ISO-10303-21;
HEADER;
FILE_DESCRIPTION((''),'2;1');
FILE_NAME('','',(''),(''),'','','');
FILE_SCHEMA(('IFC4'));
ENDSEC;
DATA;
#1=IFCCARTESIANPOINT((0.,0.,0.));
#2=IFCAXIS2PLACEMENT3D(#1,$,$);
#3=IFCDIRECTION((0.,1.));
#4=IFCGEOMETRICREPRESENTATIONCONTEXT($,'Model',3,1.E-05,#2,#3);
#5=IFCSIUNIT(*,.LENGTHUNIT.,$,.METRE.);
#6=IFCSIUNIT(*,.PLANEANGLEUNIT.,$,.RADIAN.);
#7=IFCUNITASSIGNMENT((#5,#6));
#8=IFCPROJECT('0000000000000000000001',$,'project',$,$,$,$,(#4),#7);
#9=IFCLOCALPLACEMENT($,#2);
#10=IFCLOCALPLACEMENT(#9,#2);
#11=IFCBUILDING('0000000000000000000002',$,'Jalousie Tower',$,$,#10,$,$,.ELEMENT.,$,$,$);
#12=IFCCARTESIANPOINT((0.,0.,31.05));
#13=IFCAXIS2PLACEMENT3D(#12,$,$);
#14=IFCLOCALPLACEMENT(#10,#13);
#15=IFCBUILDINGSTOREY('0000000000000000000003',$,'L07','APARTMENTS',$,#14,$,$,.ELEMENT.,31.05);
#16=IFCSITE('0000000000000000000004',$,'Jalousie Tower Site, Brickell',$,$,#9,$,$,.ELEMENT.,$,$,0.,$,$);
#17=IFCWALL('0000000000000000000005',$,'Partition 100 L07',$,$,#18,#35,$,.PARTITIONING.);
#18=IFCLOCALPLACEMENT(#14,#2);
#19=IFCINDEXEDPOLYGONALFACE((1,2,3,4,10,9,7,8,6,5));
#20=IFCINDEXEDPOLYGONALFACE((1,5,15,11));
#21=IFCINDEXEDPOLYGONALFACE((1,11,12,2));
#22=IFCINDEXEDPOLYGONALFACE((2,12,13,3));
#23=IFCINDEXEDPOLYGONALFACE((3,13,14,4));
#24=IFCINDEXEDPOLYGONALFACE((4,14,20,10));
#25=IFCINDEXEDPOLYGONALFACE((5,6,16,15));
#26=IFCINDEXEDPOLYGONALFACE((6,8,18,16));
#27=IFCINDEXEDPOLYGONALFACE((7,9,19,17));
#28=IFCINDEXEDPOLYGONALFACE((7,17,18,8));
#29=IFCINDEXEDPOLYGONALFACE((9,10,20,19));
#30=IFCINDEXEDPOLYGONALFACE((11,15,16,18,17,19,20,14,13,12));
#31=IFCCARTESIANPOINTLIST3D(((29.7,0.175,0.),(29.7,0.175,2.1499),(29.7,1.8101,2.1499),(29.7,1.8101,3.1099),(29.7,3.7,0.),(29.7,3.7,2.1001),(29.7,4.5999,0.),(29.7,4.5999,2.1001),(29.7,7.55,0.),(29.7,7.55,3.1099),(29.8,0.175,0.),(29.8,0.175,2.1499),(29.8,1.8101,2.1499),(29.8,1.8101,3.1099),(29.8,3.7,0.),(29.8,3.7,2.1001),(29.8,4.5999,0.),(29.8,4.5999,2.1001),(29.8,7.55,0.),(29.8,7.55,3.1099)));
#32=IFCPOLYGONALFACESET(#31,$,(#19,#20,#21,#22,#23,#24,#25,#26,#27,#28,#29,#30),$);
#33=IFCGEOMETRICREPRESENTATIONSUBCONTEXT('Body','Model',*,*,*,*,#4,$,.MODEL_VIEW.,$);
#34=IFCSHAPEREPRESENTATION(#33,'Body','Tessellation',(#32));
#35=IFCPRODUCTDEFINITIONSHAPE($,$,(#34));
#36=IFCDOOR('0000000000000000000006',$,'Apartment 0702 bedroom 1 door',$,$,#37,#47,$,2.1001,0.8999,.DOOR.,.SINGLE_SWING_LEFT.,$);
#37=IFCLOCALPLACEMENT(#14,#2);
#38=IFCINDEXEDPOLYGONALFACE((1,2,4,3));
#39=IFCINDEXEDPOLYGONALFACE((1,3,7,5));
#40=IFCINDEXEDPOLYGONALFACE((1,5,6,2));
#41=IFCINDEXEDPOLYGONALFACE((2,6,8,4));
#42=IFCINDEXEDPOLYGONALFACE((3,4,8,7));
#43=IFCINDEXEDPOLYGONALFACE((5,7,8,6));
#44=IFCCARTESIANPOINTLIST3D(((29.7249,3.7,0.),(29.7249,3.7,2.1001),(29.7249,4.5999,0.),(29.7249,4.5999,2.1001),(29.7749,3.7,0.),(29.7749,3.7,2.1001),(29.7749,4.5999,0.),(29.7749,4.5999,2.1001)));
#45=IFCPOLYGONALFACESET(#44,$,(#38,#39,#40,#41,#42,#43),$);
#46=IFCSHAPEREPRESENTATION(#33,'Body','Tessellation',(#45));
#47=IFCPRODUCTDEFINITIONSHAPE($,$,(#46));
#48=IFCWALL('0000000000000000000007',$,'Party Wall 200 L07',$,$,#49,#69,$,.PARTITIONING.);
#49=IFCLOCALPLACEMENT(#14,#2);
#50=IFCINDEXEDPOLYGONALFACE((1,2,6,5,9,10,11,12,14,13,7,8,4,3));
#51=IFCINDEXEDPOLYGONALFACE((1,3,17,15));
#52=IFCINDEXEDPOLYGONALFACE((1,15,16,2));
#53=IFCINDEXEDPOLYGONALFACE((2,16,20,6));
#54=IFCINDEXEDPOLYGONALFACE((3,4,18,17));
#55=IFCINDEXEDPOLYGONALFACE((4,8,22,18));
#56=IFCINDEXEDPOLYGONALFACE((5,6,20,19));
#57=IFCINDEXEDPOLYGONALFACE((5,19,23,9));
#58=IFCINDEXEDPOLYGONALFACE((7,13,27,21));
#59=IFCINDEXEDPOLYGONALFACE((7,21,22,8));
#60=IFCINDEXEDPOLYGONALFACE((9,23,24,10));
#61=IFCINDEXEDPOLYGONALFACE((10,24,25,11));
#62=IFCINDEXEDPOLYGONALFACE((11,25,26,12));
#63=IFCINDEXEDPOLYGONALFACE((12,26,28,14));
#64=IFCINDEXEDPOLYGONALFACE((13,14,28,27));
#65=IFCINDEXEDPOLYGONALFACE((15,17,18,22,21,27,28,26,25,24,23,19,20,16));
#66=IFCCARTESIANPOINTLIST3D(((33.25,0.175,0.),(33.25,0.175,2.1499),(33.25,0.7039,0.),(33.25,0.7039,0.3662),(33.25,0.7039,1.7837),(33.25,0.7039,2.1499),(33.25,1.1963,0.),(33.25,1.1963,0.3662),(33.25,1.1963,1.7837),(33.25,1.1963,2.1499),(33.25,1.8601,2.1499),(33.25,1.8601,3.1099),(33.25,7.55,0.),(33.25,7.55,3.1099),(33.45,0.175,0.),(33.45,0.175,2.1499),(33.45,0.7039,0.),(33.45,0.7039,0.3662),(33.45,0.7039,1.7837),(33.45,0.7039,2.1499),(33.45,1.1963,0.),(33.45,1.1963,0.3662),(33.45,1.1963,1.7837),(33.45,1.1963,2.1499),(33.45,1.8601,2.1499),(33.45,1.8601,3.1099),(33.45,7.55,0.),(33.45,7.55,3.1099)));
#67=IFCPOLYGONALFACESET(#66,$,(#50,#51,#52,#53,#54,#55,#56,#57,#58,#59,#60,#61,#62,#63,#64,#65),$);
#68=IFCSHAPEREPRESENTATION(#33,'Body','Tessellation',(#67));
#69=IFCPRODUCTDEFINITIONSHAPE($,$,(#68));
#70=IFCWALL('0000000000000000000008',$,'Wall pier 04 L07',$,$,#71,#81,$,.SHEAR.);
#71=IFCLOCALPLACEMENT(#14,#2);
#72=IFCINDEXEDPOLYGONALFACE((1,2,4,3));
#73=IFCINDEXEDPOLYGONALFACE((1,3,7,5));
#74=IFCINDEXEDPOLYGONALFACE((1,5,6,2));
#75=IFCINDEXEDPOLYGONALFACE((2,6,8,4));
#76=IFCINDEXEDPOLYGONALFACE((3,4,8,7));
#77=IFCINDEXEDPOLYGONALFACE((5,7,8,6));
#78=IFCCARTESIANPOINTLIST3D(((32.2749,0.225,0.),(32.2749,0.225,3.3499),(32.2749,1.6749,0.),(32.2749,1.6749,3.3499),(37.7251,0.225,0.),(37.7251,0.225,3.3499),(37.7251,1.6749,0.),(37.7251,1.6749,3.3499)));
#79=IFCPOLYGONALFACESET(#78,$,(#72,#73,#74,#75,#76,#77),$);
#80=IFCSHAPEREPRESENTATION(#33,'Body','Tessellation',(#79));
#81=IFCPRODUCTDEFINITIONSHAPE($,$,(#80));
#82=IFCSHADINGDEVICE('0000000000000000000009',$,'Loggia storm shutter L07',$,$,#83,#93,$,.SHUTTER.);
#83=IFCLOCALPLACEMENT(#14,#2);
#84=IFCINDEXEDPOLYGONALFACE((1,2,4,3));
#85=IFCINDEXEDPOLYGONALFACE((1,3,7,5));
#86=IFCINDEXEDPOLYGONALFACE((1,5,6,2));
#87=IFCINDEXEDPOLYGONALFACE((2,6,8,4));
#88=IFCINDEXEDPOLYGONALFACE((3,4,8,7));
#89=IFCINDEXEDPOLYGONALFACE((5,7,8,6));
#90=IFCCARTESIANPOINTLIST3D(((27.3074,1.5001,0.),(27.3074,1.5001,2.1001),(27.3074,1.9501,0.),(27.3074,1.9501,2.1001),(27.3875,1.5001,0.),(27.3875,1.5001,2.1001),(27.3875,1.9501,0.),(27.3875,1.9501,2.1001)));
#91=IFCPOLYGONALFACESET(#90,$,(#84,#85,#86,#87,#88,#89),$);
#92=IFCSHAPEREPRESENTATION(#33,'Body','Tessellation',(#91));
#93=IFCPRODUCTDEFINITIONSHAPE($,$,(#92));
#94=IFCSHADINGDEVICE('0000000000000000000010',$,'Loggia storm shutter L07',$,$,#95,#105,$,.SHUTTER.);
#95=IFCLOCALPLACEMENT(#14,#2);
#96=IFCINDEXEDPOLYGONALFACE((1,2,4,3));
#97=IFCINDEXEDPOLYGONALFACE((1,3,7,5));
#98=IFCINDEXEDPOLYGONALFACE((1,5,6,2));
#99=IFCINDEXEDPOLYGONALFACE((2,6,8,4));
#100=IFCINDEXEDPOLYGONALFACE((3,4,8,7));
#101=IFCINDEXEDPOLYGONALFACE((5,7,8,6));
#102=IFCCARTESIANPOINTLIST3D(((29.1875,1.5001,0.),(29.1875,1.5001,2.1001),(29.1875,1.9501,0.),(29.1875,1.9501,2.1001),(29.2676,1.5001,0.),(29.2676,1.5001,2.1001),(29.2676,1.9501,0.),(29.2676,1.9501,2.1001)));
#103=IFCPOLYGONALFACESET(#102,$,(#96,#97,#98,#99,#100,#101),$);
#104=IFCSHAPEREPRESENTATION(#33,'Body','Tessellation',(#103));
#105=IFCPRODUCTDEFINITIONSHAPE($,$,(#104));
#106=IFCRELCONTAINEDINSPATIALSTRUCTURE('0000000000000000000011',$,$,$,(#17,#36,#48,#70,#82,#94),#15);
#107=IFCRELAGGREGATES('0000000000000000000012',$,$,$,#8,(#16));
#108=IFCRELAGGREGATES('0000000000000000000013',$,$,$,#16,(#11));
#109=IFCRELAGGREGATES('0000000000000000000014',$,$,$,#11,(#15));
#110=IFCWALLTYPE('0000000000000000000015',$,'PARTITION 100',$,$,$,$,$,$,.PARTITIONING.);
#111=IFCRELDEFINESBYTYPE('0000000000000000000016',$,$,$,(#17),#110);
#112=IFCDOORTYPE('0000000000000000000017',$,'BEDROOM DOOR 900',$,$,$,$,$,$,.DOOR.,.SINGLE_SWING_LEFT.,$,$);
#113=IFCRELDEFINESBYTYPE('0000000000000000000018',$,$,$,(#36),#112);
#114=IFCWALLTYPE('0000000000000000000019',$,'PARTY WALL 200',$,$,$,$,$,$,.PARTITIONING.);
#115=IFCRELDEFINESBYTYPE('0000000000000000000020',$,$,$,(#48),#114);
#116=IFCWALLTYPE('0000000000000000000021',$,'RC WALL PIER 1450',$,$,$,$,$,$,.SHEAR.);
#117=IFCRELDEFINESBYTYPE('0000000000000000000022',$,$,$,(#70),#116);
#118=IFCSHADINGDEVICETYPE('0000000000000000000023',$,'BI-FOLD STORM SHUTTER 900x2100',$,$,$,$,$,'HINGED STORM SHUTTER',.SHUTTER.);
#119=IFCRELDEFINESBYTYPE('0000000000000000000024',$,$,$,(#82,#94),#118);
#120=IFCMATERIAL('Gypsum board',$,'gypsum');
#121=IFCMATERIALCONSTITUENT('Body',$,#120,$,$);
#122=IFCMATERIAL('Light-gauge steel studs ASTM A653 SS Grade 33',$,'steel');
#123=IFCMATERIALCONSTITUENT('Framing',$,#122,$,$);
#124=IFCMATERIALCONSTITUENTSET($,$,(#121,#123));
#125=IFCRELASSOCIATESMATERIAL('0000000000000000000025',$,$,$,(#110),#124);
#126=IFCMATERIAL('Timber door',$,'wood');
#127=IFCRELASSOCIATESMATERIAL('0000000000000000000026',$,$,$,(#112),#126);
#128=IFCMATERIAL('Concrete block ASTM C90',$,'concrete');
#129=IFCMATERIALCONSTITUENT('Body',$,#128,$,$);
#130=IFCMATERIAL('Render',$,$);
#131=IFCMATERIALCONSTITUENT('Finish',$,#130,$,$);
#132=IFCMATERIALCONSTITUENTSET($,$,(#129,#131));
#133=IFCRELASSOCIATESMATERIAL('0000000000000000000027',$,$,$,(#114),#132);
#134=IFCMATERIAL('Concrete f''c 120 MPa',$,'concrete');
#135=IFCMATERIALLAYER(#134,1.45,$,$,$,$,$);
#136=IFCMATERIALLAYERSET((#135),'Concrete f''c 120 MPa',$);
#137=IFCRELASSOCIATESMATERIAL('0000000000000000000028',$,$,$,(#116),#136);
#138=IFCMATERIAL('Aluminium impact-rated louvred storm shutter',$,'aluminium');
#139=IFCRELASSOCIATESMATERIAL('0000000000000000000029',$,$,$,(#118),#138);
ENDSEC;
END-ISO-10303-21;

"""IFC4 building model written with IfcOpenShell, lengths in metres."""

from ifc_helpers import new_model, si_unit, direction, frame, frame_2d, origin, origin_2d, place, context, subcontext, project, spatial, polyline, rectangle, outline, extrude, material, layer, layer_set, constituent, constituent_set, type_object, element, fill, save


model = new_model("IFC4")

# Units and contexts
model_context = context("Model", 3, precision=1e-05, world=origin(), true_north=direction((0.0, 1.0)))
body_context = subcontext(model_context, "Body", "Model", "MODEL_VIEW")
ifc_project = project(units=[si_unit("LENGTHUNIT", "METRE"), si_unit("PLANEANGLEUNIT", "RADIAN")], contexts=[model_context])

# Site, building, storey
site_placement = place(None, origin())
site = spatial("IfcSite", under=ifc_project, at=site_placement, Name="Jalousie Tower Site, Brickell", CompositionType="ELEMENT", RefElevation=0.0)
building_placement = place(site_placement, origin())
building = spatial("IfcBuilding", under=site, at=building_placement, Name="Jalousie Tower", CompositionType="ELEMENT")
storey_placement = place(building_placement, frame((0.0, 0.0, 31.05)))
storey = spatial("IfcBuildingStorey", under=building, at=storey_placement, Name="L07", Description="APARTMENTS", CompositionType="ELEMENT", Elevation=31.05)

# Wall, opening, door
ifc_material_1 = material(Name="Gypsum board", Category="gypsum")
ifc_constituent_1 = constituent(ifc_material_1, Name="Body")
ifc_material_2 = material(Name="Light-gauge steel studs ASTM A653 SS Grade 33", Category="steel")
ifc_constituent_2 = constituent(ifc_material_2, Name="Framing")
ifc_constituent_set_1 = constituent_set(constituents=[ifc_constituent_1, ifc_constituent_2])
wall_type_1 = type_object("IfcWallType", Name="PARTITION 100", PredefinedType="PARTITIONING", material=ifc_constituent_set_1)
wall_1_placement = place(storey_placement, frame((29.75, 0.175, 0.0), z_axis=(0.0, 0.0, 1.0), x_axis=(0.0, 1.0, 0.0)))
wall_1 = element("IfcWall", 1, at=wall_1_placement, inside=storey, type_object=wall_type_1, Name="Partition 100 L07", PredefinedType="PARTITIONING", context=body_context, shape_type="SweptSolid", body=[
    extrude(outline(polyline([(0.0, 0.0), (7.375, 0.0), (7.375, 3.1099), (1.635, 3.1099), (1.635, 2.1499), (0.0, 2.1499), (0.0, 3.1099), (0.0, 0.0)])), frame((0.0, 0.05, 0.0), z_axis=(0.0, -1.0, 0.0), x_axis=(1.0, 0.0, 0.0)), (0.0, 0.0, 1.0), 0.1001),
])
opening_1_placement = place(wall_1_placement, frame((3.5249, 0.0, 0.0)))
opening_1 = element("IfcOpeningElement", 2, at=opening_1_placement, cuts=wall_1, PredefinedType="OPENING", context=body_context, shape_type="SweptSolid", body=[
    extrude(rectangle(XDim=0.8999, YDim=2.1001, at=frame_2d((0.45, 1.05))), frame((0.0, 0.0601, 0.0), z_axis=(0.0, -1.0, 0.0), x_axis=(1.0, 0.0, 0.0)), (0.0, 0.0, 1.0), 0.1201),
])
ifc_material_3 = material(Name="Timber door", Category="wood")
door_type_1 = type_object("IfcDoorType", Name="BEDROOM DOOR 900", OperationType="SINGLE_SWING_LEFT", PredefinedType="DOOR", material=ifc_material_3)
door_1_placement = place(opening_1_placement, frame((0.8999, 0.0, 0.0), z_axis=(0.0, 0.0, 1.0), x_axis=(-1.0, 0.0, 0.0)))
door_1 = element("IfcDoor", 3, at=door_1_placement, inside=storey, type_object=door_type_1, Name="Apartment 0702 bedroom 1 door", OperationType="SINGLE_SWING_LEFT", OverallHeight=2.1001, OverallWidth=0.8999, PredefinedType="DOOR", context=body_context, shape_type="SweptSolid", body=[
    extrude(rectangle(XDim=0.8999, YDim=2.1001, at=frame_2d((0.45, 1.05))), frame((0.0, 0.0249, 0.0), z_axis=(0.0, -1.0, 0.0), x_axis=(1.0, 0.0, 0.0)), (0.0, 0.0, 1.0), 0.05),
])
fill(opening_1, door_1)

# Walls
ifc_material_4 = material(Name="Concrete block ASTM C90", Category="concrete")
ifc_constituent_3 = constituent(ifc_material_4, Name="Body")
ifc_material_5 = material(Name="Render")
ifc_constituent_4 = constituent(ifc_material_5, Name="Finish")
ifc_constituent_set_2 = constituent_set(constituents=[ifc_constituent_3, ifc_constituent_4])
wall_type_2 = type_object("IfcWallType", Name="PARTY WALL 200", PredefinedType="PARTITIONING", material=ifc_constituent_set_2)
wall_2_placement = place(storey_placement, frame((33.3501, 0.175, 0.0), z_axis=(0.0, 0.0, 1.0), x_axis=(0.0, 1.0, 0.0)))
element("IfcWall", 4, at=wall_2_placement, inside=storey, type_object=wall_type_2, Name="Party Wall 200 L07", PredefinedType="PARTITIONING", context=body_context, shape_type="SweptSolid", body=[
    extrude(outline(polyline([(0.5288, 2.1499), (0.0, 2.1499), (0.0, 0.0), (0.5288, 0.0), (0.5288, 0.3662), (1.0212, 0.3662), (1.0212, 0.0), (7.375, 0.0), (7.375, 3.1099), (1.6851, 3.1099), (1.6851, 2.1499), (1.0212, 2.1499), (1.0212, 1.7837), (0.5288, 1.7837), (0.5288, 2.1499)])), frame((0.0, 0.1001, 0.0), z_axis=(0.0, -1.0, 0.0), x_axis=(1.0, 0.0, 0.0)), (0.0, 0.0, 1.0), 0.2),
])
ifc_material_6 = material(Name="Concrete f'c 120 MPa", Category="concrete")
ifc_layer_1 = layer(ifc_material_6, 1.45)
ifc_layer_set_1 = layer_set([ifc_layer_1], Name="Concrete f'c 120 MPa")
wall_type_3 = type_object("IfcWallType", Name="RC WALL PIER 1450", PredefinedType="SHEAR", material=ifc_layer_set_1)
wall_3_placement = place(storey_placement, frame((32.2749, 0.95, 0.0), z_axis=(0.0, 0.0, 1.0), x_axis=(1.0, 0.0, 0.0)))
element("IfcWall", 5, at=wall_3_placement, inside=storey, type_object=wall_type_3, Name="Wall pier 04 L07", PredefinedType="SHEAR", context=body_context, shape_type="SweptSolid", body=[
    extrude(rectangle(XDim=5.4502, YDim=1.45, at=frame_2d((2.7251, 0.0))), origin(), (0.0, 0.0, 1.0), 3.3499),
])

# Shading devices
ifc_material_7 = material(Name="Aluminium impact-rated louvred storm shutter", Category="aluminium")
shading_device_type_1 = type_object("IfcShadingDeviceType", Name="BI-FOLD STORM SHUTTER 900x2100", ElementType="HINGED STORM SHUTTER", PredefinedType="SHUTTER", material=ifc_material_7)
for number, where, z_axis, x_axis, name in (
    (6, (27.3474, 1.7251, 0.0), (0.0, 0.0, 1.0), (0.0, 1.0, 0.0), "Loggia storm shutter L07"),
    (7, (29.2275, 1.7251, 0.0), (0.0, 0.0, 1.0), (0.0, 1.0, 0.0), "Loggia storm shutter L07"),
):
    element("IfcShadingDevice", number, at=place(storey_placement, frame(where, z_axis=z_axis, x_axis=x_axis)), inside=storey, type_object=shading_device_type_1, Name=name, PredefinedType="SHUTTER", context=body_context, shape_type="SweptSolid", body=[
        extrude(rectangle(XDim=0.45, YDim=0.0801, at=origin_2d()), origin(), (0.0, 0.0, 1.0), 2.1001),
    ])

save(model, "model.ifc")
